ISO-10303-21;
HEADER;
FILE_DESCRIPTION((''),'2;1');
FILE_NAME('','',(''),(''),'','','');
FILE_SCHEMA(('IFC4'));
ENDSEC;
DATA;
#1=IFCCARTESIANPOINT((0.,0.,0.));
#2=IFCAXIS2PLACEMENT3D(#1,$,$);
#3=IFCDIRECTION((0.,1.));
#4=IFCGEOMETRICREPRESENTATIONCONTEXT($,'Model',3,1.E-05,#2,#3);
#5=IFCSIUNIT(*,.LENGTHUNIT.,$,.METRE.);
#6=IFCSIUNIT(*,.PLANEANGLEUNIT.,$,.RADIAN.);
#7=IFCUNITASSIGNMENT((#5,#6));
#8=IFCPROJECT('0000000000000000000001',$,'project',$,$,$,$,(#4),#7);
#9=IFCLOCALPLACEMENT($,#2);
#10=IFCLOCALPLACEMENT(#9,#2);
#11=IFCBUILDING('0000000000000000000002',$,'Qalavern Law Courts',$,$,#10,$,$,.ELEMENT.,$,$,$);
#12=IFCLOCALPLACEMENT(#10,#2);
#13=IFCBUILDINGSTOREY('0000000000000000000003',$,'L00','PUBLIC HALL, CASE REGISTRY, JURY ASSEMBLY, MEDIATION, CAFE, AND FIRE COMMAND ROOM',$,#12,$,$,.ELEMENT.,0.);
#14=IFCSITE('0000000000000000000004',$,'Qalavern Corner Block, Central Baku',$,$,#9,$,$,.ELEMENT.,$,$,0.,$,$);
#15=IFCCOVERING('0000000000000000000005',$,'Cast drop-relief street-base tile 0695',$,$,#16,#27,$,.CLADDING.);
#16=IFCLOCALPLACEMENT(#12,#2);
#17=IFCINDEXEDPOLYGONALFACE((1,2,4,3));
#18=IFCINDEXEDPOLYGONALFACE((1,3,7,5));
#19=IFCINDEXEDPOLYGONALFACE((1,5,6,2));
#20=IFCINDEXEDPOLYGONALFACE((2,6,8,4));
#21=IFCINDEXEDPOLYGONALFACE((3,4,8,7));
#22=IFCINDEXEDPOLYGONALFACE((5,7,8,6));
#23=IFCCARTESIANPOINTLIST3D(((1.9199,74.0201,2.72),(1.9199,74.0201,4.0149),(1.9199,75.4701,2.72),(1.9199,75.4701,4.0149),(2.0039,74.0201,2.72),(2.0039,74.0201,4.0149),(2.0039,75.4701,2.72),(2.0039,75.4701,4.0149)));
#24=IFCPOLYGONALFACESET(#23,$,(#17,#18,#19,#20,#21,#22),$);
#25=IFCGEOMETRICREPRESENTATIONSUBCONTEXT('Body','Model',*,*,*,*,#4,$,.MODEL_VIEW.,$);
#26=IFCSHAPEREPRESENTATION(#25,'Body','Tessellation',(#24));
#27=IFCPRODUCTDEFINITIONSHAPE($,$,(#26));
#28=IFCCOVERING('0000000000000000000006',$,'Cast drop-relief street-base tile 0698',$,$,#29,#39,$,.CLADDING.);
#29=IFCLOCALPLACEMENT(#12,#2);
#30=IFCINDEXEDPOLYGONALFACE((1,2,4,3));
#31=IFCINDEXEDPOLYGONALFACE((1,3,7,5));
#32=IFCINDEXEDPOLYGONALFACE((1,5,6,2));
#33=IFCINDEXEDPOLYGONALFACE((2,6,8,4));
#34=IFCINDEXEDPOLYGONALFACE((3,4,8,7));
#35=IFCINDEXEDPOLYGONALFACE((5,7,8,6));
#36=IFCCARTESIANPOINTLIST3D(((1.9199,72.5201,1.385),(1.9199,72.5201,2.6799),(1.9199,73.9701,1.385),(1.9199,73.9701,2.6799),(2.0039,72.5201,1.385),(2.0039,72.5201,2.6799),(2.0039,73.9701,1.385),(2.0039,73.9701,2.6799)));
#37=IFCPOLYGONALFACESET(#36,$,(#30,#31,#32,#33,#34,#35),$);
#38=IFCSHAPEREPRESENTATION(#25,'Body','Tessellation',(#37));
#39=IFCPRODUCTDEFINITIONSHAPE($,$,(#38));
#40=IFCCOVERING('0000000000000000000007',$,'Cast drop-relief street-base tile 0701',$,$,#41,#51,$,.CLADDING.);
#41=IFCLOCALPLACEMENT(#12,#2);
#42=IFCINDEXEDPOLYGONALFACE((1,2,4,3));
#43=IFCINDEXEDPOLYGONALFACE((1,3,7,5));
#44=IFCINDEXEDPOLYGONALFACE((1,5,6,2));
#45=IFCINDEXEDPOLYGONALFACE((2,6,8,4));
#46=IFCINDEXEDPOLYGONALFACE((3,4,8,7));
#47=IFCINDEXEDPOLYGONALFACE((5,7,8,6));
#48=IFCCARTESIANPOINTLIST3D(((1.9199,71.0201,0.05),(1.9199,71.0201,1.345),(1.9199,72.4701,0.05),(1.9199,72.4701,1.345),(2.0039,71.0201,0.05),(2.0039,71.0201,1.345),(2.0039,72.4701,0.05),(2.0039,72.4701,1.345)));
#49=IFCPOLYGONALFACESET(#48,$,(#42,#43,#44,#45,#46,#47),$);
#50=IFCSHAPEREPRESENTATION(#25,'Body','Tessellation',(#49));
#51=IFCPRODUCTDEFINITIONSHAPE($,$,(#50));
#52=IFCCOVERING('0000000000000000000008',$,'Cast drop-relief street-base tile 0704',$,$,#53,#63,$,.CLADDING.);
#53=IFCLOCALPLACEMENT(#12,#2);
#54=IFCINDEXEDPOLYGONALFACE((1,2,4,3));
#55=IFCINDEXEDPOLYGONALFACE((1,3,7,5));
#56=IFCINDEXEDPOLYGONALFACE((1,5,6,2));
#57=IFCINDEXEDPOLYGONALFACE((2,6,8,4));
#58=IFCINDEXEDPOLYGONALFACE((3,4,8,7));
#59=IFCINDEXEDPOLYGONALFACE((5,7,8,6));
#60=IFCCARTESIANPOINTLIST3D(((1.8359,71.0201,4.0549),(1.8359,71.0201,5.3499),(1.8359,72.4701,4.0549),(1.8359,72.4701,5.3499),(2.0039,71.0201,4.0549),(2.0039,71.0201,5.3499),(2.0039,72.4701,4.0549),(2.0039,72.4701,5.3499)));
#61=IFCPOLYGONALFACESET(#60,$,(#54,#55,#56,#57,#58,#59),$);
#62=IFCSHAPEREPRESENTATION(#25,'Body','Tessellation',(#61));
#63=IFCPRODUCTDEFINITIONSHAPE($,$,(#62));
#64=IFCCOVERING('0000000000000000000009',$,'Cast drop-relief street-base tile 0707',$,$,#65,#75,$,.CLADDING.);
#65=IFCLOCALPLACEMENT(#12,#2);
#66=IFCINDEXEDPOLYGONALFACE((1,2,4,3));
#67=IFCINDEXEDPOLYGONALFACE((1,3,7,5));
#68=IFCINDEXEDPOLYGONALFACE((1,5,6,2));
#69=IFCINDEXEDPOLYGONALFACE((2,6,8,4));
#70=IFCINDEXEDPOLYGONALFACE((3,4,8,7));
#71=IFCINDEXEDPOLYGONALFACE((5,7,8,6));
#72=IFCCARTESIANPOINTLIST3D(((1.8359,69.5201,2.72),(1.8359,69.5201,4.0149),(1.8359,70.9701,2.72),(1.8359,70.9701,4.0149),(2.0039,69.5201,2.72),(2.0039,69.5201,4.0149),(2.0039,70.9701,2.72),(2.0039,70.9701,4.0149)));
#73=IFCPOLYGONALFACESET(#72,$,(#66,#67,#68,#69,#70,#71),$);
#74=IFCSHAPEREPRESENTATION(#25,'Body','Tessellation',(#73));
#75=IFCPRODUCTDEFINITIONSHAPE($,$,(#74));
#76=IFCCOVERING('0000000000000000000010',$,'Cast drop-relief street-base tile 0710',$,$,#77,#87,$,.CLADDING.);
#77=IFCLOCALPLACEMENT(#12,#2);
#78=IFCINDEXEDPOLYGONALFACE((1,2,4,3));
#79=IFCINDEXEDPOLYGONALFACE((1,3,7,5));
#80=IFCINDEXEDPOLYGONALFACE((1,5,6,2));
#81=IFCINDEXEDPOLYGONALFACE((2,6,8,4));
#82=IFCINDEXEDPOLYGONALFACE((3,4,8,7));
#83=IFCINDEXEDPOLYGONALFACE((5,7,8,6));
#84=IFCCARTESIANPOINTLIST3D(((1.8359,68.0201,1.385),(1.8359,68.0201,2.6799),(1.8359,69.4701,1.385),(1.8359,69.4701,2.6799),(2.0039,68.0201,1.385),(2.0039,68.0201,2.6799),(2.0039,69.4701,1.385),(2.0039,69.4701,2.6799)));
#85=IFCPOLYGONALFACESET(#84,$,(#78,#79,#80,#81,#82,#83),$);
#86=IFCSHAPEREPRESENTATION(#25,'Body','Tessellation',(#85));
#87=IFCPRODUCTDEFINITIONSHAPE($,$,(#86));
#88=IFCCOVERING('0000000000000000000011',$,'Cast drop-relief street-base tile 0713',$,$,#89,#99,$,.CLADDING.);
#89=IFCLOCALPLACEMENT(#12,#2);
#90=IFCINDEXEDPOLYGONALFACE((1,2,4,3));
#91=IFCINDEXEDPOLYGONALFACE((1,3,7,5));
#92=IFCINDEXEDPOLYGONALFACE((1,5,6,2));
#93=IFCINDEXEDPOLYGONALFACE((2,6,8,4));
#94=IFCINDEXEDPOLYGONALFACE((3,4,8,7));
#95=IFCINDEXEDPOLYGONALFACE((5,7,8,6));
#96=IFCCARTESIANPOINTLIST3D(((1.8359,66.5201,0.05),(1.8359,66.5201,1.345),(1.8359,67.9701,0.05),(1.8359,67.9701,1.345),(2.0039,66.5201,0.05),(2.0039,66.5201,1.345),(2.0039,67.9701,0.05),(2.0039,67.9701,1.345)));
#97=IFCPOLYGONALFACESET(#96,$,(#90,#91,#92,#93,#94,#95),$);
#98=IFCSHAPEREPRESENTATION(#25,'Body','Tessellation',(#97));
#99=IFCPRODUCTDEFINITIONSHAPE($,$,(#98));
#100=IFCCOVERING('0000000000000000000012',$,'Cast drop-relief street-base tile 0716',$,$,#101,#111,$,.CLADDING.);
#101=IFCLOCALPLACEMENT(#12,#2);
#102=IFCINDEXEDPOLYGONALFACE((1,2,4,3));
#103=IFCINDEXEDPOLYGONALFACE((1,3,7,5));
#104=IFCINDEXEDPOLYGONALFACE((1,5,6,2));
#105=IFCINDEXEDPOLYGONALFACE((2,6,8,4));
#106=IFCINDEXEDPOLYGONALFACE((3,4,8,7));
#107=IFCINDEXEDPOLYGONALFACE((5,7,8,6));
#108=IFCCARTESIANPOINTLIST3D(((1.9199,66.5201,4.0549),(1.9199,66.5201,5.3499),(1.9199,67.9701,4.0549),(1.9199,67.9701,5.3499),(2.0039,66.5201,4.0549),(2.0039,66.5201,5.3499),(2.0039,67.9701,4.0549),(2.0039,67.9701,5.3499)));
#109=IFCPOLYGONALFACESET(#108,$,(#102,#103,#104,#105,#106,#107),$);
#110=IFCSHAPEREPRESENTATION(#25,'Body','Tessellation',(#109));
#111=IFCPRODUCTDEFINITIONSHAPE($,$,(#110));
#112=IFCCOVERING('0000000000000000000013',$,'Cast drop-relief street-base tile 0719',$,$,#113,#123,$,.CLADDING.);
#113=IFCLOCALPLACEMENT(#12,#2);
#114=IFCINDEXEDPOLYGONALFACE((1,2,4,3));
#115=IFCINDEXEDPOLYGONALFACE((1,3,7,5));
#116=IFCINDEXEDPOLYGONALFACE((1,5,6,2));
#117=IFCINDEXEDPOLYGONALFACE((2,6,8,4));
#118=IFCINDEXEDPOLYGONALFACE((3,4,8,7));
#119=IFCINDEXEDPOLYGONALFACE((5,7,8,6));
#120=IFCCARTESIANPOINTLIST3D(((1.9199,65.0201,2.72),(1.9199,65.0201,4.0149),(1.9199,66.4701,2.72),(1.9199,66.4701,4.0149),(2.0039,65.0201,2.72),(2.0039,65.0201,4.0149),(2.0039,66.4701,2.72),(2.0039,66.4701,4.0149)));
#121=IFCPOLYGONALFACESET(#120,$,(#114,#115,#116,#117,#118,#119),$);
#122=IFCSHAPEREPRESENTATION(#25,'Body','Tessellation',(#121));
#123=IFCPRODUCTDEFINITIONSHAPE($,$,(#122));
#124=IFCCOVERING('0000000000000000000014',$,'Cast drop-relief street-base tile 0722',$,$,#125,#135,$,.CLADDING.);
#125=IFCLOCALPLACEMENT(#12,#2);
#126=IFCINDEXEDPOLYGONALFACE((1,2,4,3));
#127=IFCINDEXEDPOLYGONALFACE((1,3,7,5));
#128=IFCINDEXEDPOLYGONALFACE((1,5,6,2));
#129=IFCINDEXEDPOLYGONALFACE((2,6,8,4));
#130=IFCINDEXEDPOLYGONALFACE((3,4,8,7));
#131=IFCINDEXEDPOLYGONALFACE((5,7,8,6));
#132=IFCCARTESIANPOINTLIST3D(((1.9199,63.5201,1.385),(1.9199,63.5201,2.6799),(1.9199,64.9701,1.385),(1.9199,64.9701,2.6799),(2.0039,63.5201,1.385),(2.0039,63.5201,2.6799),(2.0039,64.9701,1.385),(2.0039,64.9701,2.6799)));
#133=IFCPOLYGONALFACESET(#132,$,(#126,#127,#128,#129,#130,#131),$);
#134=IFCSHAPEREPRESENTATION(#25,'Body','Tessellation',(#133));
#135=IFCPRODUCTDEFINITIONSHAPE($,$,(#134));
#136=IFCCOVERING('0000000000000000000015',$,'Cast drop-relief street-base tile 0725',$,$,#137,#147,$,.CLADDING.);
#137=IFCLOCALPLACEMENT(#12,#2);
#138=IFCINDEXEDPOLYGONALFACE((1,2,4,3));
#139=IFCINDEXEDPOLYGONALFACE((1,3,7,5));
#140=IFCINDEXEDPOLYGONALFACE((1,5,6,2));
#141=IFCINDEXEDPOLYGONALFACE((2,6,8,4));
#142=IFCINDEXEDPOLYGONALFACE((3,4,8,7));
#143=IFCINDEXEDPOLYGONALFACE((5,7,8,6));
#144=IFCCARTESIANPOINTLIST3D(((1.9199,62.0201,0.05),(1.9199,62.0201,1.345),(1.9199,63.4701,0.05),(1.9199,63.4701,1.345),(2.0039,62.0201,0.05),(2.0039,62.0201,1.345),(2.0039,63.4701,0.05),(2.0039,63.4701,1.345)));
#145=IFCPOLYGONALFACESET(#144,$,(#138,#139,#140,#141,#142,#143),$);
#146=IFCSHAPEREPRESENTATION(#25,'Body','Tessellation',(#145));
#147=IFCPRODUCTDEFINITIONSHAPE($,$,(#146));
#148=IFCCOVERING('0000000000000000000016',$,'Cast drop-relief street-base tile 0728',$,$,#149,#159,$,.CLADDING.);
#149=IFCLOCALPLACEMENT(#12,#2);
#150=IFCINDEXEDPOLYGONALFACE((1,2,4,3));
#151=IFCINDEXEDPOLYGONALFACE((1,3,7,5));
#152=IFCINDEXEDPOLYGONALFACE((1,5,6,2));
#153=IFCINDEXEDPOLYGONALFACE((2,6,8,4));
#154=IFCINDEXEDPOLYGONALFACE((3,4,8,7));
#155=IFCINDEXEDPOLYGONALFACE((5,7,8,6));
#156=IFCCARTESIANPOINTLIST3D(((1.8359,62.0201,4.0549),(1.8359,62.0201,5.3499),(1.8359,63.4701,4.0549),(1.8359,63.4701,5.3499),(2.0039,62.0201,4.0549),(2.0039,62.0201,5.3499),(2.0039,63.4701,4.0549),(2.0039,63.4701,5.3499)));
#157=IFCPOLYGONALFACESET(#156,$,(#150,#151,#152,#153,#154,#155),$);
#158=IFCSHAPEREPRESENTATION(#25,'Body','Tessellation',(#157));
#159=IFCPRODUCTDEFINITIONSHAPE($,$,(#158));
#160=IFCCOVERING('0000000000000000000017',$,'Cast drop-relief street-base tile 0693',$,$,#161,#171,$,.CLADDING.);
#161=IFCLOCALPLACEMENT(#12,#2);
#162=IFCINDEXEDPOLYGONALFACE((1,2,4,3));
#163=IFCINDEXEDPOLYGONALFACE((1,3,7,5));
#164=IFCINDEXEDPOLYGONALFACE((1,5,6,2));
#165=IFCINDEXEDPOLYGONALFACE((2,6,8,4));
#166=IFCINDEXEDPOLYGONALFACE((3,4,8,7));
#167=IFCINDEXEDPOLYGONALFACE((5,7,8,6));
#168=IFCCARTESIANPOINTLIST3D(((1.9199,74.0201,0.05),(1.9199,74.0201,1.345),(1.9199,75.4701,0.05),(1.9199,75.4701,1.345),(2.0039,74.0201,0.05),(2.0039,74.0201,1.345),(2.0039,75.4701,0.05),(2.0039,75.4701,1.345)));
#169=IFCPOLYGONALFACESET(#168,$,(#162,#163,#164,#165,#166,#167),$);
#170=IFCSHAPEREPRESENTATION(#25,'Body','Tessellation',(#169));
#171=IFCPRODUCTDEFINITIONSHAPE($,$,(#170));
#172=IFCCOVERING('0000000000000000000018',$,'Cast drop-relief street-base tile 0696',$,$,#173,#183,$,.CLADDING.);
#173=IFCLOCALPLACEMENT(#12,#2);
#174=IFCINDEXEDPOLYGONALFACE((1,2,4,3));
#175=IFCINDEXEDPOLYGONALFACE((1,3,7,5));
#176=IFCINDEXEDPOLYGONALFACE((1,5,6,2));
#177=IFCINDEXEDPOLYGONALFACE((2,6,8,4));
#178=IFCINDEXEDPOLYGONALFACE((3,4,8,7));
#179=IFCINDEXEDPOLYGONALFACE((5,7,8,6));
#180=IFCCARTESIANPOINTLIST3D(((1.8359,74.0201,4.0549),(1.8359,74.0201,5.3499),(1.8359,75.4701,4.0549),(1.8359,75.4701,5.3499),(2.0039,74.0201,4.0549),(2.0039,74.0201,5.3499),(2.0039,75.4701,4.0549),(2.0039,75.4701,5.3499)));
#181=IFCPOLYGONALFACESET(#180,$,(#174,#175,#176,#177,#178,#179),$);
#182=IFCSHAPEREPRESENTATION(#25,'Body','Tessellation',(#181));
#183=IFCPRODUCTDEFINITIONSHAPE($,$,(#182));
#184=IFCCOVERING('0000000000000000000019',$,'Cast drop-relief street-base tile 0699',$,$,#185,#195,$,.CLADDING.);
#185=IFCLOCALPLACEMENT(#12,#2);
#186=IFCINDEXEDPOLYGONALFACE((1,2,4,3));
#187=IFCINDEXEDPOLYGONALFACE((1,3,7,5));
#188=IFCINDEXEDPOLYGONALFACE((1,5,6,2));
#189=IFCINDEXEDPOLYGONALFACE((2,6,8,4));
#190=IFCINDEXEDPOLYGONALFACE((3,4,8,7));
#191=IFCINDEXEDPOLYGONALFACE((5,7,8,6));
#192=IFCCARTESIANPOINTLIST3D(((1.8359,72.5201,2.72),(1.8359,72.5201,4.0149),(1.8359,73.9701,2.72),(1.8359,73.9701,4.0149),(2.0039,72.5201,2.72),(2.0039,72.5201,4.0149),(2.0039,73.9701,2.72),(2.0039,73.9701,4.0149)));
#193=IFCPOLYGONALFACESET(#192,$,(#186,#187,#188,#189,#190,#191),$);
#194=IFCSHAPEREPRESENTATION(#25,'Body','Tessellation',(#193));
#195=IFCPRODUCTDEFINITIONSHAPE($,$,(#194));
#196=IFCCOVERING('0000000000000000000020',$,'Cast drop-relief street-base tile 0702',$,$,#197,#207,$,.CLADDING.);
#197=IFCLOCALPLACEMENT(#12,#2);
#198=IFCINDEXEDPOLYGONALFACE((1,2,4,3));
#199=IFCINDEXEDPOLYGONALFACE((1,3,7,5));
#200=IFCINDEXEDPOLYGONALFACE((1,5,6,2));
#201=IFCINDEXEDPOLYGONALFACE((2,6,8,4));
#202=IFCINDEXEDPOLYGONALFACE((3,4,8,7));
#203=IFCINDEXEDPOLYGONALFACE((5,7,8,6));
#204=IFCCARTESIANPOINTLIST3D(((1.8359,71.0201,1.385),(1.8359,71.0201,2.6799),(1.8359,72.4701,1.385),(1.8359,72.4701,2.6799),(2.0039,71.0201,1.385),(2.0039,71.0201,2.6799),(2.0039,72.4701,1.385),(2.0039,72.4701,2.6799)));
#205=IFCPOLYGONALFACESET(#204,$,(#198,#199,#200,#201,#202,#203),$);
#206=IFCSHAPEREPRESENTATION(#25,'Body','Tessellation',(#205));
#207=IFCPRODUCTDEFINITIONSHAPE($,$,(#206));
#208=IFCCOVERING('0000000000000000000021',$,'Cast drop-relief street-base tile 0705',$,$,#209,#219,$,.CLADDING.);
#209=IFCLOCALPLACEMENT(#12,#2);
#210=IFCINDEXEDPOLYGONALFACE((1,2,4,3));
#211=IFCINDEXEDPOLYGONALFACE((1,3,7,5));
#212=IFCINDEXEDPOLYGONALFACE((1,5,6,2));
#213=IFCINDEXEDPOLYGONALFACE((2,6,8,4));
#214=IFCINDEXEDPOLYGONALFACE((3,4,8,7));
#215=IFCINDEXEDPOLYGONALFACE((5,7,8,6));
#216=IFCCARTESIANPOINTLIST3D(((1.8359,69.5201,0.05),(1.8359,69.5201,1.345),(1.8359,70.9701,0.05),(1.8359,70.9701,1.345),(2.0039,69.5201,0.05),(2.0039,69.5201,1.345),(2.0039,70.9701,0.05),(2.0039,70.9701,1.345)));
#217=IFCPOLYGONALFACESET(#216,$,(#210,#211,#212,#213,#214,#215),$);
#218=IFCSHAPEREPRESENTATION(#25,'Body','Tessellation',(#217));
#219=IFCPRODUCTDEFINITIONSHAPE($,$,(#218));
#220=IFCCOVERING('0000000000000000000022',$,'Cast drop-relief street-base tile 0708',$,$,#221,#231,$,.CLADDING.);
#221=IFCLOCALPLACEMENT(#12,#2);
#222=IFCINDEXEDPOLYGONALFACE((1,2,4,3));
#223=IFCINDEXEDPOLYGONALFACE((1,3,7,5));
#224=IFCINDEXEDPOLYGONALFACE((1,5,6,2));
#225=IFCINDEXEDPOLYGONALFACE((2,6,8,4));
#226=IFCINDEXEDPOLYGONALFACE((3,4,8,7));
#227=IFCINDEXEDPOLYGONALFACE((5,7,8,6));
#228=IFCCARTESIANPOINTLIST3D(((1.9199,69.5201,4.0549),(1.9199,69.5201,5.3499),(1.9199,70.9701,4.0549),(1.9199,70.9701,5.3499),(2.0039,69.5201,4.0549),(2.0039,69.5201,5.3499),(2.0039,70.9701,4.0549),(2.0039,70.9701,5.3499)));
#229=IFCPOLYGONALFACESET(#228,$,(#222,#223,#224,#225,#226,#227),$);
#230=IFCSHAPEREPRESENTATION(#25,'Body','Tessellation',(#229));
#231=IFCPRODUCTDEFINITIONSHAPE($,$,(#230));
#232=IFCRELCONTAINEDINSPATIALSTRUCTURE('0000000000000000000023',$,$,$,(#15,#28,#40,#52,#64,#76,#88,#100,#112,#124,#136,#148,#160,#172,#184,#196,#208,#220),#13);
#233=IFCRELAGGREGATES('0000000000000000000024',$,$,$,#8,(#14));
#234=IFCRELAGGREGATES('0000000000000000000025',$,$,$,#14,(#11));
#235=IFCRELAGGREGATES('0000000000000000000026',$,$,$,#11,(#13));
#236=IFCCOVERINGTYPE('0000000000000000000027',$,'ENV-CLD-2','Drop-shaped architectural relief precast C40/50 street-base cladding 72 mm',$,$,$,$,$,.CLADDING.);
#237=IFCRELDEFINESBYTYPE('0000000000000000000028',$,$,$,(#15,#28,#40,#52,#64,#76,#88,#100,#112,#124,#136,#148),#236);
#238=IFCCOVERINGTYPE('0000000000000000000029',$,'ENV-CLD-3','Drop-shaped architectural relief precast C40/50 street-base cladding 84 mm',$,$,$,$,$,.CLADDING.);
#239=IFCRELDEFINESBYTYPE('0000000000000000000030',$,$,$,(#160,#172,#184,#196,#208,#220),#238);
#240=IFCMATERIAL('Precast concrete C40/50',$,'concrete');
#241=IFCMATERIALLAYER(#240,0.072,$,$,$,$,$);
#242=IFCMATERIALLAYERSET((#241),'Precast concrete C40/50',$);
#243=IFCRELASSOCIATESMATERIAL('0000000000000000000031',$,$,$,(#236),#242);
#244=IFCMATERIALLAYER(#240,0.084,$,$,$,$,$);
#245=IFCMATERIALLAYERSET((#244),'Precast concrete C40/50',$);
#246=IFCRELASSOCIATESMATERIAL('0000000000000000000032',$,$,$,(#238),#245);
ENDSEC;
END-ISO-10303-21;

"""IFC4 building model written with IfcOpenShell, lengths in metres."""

from ifc_helpers import new_model, si_unit, direction, frame, origin, origin_2d, place, context, subcontext, project, spatial, rectangle, extrude, material, layer, layer_set, type_object, element, save


model = new_model("IFC4")

# Units and contexts
model_context = context("Model", 3, precision=1e-05, world=origin(), true_north=direction((0.0, 1.0)))
body_context = subcontext(model_context, "Body", "Model", "MODEL_VIEW")
ifc_project = project(units=[si_unit("LENGTHUNIT", "METRE"), si_unit("PLANEANGLEUNIT", "RADIAN")], contexts=[model_context])

# Site, building, storey
site_placement = place(None, origin())
site = spatial("IfcSite", under=ifc_project, at=site_placement, Name="Qalavern Corner Block, Central Baku", CompositionType="ELEMENT", RefElevation=0.0)
building_placement = place(site_placement, origin())
building = spatial("IfcBuilding", under=site, at=building_placement, Name="Qalavern Law Courts", CompositionType="ELEMENT")
storey_placement = place(building_placement, origin())
storey = spatial("IfcBuildingStorey", under=building, at=storey_placement, Name="L00", Description="PUBLIC HALL, CASE REGISTRY, JURY ASSEMBLY, MEDIATION, CAFE, AND FIRE COMMAND ROOM", CompositionType="ELEMENT", Elevation=0.0)

# Coverings
ifc_material_1 = material(Name="Precast concrete C40/50", Category="concrete")
ifc_layer_1 = layer(ifc_material_1, 0.072)
ifc_layer_set_1 = layer_set([ifc_layer_1], Name="Precast concrete C40/50")
covering_type_1 = type_object("IfcCoveringType", Name="ENV-CLD-2", Description="Drop-shaped architectural relief precast C40/50 street-base cladding 72 mm", PredefinedType="CLADDING", material=ifc_layer_set_1)
for number, where, z_axis, x_axis, name in (
    (1, (1.9619, 74.7451, 2.72), (0.0, 0.0, 1.0), (0.0, -1.0, 0.0), "Cast drop-relief street-base tile 0695"),
    (2, (1.9619, 73.2451, 1.385), (0.0, 0.0, 1.0), (0.0, -1.0, 0.0), "Cast drop-relief street-base tile 0698"),
    (3, (1.9619, 71.7451, 0.05), (0.0, 0.0, 1.0), (0.0, -1.0, 0.0), "Cast drop-relief street-base tile 0701"),
):
    element("IfcCovering", number, at=place(storey_placement, frame(where, z_axis=z_axis, x_axis=x_axis)), inside=storey, type_object=covering_type_1, Name=name, PredefinedType="CLADDING", context=body_context, shape_type="SweptSolid", body=[
        extrude(rectangle(XDim=1.45, YDim=0.084, at=origin_2d()), origin(), (0.0, 0.0, 1.0), 1.2949),
    ])
for number, where, z_axis, x_axis, name in (
    (4, (1.9199, 71.7451, 4.0549), (0.0, 0.0, 1.0), (0.0, -1.0, 0.0), "Cast drop-relief street-base tile 0704"),
    (5, (1.9199, 70.2451, 2.72), (0.0, 0.0, 1.0), (0.0, -1.0, 0.0), "Cast drop-relief street-base tile 0707"),
    (6, (1.9199, 68.7451, 1.385), (0.0, 0.0, 1.0), (0.0, -1.0, 0.0), "Cast drop-relief street-base tile 0710"),
    (7, (1.9199, 67.2451, 0.05), (0.0, 0.0, 1.0), (0.0, -1.0, 0.0), "Cast drop-relief street-base tile 0713"),
):
    element("IfcCovering", number, at=place(storey_placement, frame(where, z_axis=z_axis, x_axis=x_axis)), inside=storey, type_object=covering_type_1, Name=name, PredefinedType="CLADDING", context=body_context, shape_type="SweptSolid", body=[
        extrude(rectangle(XDim=1.45, YDim=0.168, at=origin_2d()), origin(), (0.0, 0.0, 1.0), 1.2949),
    ])
for number, where, z_axis, x_axis, name in (
    (8, (1.9619, 67.2451, 4.0549), (0.0, 0.0, 1.0), (0.0, -1.0, 0.0), "Cast drop-relief street-base tile 0716"),
    (9, (1.9619, 65.7451, 2.72), (0.0, 0.0, 1.0), (0.0, -1.0, 0.0), "Cast drop-relief street-base tile 0719"),
    (10, (1.9619, 64.2451, 1.385), (0.0, 0.0, 1.0), (0.0, -1.0, 0.0), "Cast drop-relief street-base tile 0722"),
    (11, (1.9619, 62.7451, 0.05), (0.0, 0.0, 1.0), (0.0, -1.0, 0.0), "Cast drop-relief street-base tile 0725"),
):
    element("IfcCovering", number, at=place(storey_placement, frame(where, z_axis=z_axis, x_axis=x_axis)), inside=storey, type_object=covering_type_1, Name=name, PredefinedType="CLADDING", context=body_context, shape_type="SweptSolid", body=[
        extrude(rectangle(XDim=1.45, YDim=0.084, at=origin_2d()), origin(), (0.0, 0.0, 1.0), 1.2949),
    ])
covering_1_placement = place(storey_placement, frame((1.9199, 62.7451, 4.0549), z_axis=(0.0, 0.0, 1.0), x_axis=(0.0, -1.0, 0.0)))
element("IfcCovering", 12, at=covering_1_placement, inside=storey, type_object=covering_type_1, Name="Cast drop-relief street-base tile 0728", PredefinedType="CLADDING", context=body_context, shape_type="SweptSolid", body=[
    extrude(rectangle(XDim=1.45, YDim=0.168, at=origin_2d()), origin(), (0.0, 0.0, 1.0), 1.2949),
])
ifc_layer_2 = layer(ifc_material_1, 0.084)
ifc_layer_set_2 = layer_set([ifc_layer_2], Name="Precast concrete C40/50")
covering_type_2 = type_object("IfcCoveringType", Name="ENV-CLD-3", Description="Drop-shaped architectural relief precast C40/50 street-base cladding 84 mm", PredefinedType="CLADDING", material=ifc_layer_set_2)
covering_2_placement = place(storey_placement, frame((1.9619, 74.7451, 0.05), z_axis=(0.0, 0.0, 1.0), x_axis=(0.0, -1.0, 0.0)))
element("IfcCovering", 13, at=covering_2_placement, inside=storey, type_object=covering_type_2, Name="Cast drop-relief street-base tile 0693", PredefinedType="CLADDING", context=body_context, shape_type="SweptSolid", body=[
    extrude(rectangle(XDim=1.45, YDim=0.084, at=origin_2d()), origin(), (0.0, 0.0, 1.0), 1.2949),
])
for number, where, z_axis, x_axis, name in (
    (14, (1.9199, 74.7451, 4.0549), (0.0, 0.0, 1.0), (0.0, -1.0, 0.0), "Cast drop-relief street-base tile 0696"),
    (15, (1.9199, 73.2451, 2.72), (0.0, 0.0, 1.0), (0.0, -1.0, 0.0), "Cast drop-relief street-base tile 0699"),
    (16, (1.9199, 71.7451, 1.385), (0.0, 0.0, 1.0), (0.0, -1.0, 0.0), "Cast drop-relief street-base tile 0702"),
    (17, (1.9199, 70.2451, 0.05), (0.0, 0.0, 1.0), (0.0, -1.0, 0.0), "Cast drop-relief street-base tile 0705"),
):
    element("IfcCovering", number, at=place(storey_placement, frame(where, z_axis=z_axis, x_axis=x_axis)), inside=storey, type_object=covering_type_2, Name=name, PredefinedType="CLADDING", context=body_context, shape_type="SweptSolid", body=[
        extrude(rectangle(XDim=1.45, YDim=0.168, at=origin_2d()), origin(), (0.0, 0.0, 1.0), 1.2949),
    ])
for number, where, z_axis, x_axis, name in (
    (18, (1.9619, 70.2451, 4.0549), (0.0, 0.0, 1.0), (0.0, -1.0, 0.0), "Cast drop-relief street-base tile 0708"),
):
    element("IfcCovering", number, at=place(storey_placement, frame(where, z_axis=z_axis, x_axis=x_axis)), inside=storey, type_object=covering_type_2, Name=name, PredefinedType="CLADDING", context=body_context, shape_type="SweptSolid", body=[
        extrude(rectangle(XDim=1.45, YDim=0.084, at=origin_2d()), origin(), (0.0, 0.0, 1.0), 1.2949),
    ])

save(model, "model.ifc")
